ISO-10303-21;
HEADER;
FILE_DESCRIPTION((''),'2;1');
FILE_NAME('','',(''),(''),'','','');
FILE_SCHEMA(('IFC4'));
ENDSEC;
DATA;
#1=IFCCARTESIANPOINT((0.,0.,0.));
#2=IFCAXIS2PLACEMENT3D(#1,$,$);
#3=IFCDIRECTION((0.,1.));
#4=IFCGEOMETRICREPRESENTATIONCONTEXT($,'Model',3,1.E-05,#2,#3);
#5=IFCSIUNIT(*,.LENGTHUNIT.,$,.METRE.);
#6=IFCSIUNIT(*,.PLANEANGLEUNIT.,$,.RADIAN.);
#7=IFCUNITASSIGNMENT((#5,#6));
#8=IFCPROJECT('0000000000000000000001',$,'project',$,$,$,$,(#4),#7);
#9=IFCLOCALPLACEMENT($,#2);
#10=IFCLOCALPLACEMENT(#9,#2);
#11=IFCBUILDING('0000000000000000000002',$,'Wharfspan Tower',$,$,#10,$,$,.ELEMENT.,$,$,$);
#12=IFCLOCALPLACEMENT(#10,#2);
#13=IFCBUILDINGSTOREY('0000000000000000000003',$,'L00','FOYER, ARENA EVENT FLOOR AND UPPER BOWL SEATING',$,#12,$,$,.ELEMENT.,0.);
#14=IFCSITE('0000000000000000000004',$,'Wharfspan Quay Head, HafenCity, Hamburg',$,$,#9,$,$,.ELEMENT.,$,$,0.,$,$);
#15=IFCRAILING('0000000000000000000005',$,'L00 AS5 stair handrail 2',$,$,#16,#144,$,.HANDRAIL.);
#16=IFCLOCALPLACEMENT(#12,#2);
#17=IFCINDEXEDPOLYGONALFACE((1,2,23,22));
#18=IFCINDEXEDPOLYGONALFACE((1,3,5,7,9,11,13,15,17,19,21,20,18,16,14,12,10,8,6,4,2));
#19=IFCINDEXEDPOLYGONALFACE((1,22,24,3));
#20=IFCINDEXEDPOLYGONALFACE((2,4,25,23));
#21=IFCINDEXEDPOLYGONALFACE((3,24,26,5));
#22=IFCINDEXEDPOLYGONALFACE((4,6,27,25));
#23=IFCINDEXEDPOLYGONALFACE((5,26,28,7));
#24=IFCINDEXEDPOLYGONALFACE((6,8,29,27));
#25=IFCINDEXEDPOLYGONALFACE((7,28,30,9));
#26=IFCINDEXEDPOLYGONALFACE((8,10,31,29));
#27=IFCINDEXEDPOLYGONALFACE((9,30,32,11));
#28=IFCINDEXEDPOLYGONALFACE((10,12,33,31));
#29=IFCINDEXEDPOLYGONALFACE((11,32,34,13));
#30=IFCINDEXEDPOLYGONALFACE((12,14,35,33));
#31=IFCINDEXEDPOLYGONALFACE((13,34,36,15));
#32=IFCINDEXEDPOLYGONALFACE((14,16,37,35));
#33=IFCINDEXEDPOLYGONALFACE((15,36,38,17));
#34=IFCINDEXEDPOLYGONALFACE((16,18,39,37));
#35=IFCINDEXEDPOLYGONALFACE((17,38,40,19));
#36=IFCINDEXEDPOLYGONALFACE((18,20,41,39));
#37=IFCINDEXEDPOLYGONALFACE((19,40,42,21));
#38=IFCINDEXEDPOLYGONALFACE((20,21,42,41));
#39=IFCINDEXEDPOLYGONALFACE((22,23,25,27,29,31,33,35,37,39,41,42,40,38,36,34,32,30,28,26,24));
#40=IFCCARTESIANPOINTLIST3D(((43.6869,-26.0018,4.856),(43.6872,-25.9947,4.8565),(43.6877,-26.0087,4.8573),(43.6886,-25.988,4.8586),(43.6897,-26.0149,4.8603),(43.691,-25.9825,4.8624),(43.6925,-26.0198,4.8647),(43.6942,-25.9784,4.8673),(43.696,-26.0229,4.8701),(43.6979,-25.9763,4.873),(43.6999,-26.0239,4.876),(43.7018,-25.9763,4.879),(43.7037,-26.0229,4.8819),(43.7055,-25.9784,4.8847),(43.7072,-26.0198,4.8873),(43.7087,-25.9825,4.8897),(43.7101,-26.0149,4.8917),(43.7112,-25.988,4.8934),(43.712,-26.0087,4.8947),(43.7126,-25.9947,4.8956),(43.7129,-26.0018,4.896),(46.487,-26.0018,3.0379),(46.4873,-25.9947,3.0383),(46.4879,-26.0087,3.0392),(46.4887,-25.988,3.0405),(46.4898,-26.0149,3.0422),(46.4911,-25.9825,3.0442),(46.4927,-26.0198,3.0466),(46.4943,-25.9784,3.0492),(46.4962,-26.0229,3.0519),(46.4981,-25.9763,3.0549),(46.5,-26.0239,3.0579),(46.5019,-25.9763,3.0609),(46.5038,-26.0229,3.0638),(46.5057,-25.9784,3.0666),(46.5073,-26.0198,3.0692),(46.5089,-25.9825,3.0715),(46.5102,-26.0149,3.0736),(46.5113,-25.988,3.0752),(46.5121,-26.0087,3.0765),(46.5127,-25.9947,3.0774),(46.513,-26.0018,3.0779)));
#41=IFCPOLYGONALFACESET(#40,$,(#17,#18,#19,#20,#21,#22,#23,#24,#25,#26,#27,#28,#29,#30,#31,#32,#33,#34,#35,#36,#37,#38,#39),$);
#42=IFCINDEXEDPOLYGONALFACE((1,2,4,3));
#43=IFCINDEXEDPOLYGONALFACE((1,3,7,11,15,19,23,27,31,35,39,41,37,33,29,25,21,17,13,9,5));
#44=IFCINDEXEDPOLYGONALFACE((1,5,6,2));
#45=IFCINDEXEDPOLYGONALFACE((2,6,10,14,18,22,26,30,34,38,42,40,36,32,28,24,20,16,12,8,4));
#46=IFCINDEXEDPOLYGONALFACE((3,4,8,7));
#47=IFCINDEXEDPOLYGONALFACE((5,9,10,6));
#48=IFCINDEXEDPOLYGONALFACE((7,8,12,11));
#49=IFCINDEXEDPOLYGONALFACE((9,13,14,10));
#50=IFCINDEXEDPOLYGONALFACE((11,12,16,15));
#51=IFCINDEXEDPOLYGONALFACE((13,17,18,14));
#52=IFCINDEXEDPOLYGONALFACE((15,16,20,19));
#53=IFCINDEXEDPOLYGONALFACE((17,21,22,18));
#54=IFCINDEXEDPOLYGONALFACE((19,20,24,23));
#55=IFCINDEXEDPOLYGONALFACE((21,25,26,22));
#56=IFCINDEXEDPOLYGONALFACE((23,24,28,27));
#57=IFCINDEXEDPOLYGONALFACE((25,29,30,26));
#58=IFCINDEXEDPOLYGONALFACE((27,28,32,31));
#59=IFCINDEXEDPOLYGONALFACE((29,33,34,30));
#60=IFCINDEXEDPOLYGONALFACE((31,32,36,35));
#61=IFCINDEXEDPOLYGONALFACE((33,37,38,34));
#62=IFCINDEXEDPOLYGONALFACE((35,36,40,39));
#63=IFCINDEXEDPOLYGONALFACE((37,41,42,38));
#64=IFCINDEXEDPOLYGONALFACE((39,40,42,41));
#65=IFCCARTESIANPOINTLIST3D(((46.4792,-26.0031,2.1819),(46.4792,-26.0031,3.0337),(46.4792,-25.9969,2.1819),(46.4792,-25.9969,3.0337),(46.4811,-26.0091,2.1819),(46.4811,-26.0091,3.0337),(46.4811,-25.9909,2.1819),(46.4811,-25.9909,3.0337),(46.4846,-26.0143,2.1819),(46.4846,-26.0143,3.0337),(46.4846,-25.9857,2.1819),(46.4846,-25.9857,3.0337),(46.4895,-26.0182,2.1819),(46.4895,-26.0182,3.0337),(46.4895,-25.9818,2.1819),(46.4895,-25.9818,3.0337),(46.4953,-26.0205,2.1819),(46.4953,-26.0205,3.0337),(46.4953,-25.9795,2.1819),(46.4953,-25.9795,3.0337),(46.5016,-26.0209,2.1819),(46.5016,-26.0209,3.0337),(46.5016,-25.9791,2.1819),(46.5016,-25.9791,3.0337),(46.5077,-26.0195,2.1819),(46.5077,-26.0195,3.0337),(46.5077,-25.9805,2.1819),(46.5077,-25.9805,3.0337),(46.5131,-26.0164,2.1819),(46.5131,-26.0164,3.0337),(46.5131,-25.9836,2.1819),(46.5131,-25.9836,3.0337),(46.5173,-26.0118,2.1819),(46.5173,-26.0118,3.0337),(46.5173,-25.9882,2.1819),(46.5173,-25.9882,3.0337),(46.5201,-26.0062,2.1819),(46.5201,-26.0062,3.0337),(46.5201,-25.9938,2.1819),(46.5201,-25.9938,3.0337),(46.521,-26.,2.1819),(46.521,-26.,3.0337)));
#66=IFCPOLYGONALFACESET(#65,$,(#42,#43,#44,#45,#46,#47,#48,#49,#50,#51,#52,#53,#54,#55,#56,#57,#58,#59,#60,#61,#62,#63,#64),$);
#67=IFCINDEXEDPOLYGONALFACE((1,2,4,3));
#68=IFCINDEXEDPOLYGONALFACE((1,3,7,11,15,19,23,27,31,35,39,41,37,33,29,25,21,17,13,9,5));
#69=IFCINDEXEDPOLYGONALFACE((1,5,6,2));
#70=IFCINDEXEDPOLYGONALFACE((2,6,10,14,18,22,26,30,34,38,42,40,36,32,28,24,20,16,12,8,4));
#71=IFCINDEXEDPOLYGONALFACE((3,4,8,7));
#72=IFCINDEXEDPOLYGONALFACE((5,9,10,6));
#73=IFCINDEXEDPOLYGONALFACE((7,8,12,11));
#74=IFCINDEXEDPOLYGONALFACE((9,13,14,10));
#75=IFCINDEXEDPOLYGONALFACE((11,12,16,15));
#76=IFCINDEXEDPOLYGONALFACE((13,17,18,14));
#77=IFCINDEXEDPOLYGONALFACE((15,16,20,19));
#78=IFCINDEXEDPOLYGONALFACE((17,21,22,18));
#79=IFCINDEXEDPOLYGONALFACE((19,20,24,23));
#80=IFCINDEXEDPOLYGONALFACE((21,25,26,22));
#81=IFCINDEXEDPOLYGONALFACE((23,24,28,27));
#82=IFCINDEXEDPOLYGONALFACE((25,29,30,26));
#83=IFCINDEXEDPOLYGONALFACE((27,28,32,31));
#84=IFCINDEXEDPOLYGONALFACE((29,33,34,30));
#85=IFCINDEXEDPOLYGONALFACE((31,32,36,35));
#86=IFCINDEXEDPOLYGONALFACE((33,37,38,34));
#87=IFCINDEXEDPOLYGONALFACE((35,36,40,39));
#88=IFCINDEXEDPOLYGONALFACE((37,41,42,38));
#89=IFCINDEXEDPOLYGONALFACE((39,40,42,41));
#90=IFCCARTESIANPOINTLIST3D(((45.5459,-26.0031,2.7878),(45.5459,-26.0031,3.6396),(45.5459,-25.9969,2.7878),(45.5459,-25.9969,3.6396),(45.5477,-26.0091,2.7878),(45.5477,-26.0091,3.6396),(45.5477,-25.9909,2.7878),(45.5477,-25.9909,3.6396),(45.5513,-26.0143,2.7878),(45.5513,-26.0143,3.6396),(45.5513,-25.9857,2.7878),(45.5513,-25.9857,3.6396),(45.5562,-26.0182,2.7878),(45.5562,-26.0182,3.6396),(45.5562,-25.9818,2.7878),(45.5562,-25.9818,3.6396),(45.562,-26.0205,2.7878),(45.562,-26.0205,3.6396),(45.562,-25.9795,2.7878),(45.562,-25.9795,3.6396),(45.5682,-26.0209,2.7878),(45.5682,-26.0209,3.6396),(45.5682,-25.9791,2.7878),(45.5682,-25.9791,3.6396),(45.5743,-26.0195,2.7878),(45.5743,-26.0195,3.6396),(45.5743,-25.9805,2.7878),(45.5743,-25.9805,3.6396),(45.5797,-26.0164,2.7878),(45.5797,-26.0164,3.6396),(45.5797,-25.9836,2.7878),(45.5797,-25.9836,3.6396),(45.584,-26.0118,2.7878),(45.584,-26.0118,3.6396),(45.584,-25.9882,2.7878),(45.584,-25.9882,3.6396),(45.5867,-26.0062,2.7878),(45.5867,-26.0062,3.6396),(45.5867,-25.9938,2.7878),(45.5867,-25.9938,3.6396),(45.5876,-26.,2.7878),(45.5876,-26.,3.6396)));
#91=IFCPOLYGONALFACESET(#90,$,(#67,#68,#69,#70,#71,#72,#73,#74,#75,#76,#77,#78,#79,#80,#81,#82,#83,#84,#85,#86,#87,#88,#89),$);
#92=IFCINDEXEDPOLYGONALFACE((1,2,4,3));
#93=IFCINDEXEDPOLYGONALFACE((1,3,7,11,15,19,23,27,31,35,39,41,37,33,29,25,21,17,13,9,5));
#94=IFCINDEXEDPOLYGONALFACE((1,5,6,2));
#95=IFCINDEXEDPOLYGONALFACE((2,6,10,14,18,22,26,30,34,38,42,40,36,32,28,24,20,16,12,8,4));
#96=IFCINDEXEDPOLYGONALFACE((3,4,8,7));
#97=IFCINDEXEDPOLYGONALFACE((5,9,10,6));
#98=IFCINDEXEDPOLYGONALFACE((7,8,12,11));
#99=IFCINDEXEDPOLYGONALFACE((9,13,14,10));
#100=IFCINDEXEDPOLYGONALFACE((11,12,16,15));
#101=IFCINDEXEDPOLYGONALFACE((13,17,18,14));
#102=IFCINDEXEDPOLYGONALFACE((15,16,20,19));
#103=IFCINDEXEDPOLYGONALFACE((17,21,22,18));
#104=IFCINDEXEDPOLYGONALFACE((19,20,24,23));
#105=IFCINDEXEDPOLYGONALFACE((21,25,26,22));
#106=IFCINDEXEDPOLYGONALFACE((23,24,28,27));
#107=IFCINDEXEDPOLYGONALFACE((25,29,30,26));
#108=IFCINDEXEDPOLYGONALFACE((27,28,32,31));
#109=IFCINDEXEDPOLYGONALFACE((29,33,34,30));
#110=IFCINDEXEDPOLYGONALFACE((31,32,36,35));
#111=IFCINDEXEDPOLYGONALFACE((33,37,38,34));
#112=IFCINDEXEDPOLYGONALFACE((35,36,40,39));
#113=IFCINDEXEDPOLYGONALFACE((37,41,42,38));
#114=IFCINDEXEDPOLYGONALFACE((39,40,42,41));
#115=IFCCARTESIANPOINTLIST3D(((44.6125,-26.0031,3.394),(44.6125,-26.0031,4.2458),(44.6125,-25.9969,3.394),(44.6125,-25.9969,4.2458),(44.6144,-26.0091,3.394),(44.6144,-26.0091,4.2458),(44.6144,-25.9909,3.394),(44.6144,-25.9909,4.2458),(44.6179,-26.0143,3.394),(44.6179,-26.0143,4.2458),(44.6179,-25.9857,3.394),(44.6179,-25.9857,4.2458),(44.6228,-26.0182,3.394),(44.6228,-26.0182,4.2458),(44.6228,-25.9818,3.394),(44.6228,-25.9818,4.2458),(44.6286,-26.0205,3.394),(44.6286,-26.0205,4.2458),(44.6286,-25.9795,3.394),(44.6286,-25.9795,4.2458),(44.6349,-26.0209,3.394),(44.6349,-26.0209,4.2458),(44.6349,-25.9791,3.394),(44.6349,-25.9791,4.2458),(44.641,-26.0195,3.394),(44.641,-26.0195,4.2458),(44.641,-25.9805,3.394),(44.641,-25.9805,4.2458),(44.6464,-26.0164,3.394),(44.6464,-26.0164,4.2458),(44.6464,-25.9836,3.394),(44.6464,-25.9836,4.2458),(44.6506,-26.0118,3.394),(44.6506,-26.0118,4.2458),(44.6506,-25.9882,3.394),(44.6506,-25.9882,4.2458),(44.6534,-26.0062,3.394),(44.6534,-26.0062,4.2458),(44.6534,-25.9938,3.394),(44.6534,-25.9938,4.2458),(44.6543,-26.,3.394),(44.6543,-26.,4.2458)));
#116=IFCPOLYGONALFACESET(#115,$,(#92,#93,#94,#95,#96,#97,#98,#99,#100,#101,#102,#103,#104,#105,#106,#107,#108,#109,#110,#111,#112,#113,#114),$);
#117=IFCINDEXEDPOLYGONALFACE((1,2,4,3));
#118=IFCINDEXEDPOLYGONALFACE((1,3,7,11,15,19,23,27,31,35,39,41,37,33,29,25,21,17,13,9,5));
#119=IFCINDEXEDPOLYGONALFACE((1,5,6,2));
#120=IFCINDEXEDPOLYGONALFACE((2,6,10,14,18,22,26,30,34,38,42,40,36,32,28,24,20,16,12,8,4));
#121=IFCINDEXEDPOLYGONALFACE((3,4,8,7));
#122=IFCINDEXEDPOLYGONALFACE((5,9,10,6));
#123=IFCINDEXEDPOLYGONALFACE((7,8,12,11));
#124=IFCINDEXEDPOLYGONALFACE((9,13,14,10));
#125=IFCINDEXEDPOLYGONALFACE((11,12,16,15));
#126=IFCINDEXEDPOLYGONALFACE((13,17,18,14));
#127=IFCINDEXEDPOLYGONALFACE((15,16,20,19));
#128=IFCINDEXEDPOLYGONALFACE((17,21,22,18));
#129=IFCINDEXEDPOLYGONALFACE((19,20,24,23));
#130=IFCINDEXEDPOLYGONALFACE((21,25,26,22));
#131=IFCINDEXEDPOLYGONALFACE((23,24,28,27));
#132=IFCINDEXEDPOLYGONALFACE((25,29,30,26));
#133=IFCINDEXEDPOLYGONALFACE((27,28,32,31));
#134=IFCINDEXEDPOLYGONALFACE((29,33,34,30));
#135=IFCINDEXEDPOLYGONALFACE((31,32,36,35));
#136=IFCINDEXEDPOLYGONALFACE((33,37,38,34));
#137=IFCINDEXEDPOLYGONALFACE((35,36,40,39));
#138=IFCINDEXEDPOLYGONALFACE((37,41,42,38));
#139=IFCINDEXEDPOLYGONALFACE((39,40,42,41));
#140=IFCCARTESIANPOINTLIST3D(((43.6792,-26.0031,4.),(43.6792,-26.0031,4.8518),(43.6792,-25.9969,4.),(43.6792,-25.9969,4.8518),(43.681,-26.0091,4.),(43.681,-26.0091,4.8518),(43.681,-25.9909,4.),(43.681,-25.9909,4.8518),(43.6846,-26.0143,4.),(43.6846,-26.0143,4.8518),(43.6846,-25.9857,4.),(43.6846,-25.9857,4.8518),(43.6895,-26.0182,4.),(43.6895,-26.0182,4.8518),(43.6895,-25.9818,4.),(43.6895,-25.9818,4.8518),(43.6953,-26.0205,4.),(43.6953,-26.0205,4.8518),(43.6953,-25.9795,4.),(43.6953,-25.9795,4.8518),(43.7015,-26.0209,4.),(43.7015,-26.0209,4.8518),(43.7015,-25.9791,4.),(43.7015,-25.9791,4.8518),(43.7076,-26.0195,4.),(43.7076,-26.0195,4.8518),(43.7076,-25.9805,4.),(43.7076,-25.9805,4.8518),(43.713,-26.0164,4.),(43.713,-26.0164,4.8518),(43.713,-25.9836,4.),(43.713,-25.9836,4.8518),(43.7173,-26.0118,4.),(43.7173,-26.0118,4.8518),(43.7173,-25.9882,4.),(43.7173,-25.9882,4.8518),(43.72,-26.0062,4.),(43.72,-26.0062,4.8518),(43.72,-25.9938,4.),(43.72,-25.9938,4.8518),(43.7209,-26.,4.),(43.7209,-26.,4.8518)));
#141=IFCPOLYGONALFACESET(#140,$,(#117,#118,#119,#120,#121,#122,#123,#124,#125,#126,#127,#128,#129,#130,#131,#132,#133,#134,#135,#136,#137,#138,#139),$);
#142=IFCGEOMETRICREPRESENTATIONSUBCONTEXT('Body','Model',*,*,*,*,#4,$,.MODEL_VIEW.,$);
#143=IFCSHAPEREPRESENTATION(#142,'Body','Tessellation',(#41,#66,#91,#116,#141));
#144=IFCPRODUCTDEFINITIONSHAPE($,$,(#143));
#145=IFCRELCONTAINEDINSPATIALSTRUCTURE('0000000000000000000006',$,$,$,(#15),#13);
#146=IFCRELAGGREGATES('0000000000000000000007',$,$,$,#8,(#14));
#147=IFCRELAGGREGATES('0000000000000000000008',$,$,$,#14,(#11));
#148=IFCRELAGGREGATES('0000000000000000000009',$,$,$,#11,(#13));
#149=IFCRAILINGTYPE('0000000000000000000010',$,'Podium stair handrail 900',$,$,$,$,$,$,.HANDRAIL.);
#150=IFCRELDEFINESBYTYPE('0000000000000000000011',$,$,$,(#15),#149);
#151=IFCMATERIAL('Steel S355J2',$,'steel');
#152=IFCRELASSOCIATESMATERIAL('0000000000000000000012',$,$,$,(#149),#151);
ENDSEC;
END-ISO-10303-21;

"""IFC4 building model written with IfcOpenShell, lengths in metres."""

from ifc_helpers import new_model, si_unit, direction, frame, origin, origin_2d, place, context, subcontext, project, spatial, circle, extrude, material, type_object, element, save


model = new_model("IFC4")

# Units and contexts
model_context = context("Model", 3, precision=1e-05, world=origin(), true_north=direction((0.0, 1.0)))
body_context = subcontext(model_context, "Body", "Model", "MODEL_VIEW")
ifc_project = project(units=[si_unit("LENGTHUNIT", "METRE"), si_unit("PLANEANGLEUNIT", "RADIAN")], contexts=[model_context])

# Site, building, storey
site_placement = place(None, origin())
site = spatial("IfcSite", under=ifc_project, at=site_placement, Name="Wharfspan Quay Head, HafenCity, Hamburg", CompositionType="ELEMENT", RefElevation=0.0)
building_placement = place(site_placement, origin())
building = spatial("IfcBuilding", under=site, at=building_placement, Name="Wharfspan Tower", CompositionType="ELEMENT")
storey_placement = place(building_placement, origin())
storey = spatial("IfcBuildingStorey", under=building, at=storey_placement, Name="L00", Description="FOYER, ARENA EVENT FLOOR AND UPPER BOWL SEATING", CompositionType="ELEMENT", Elevation=0.0)

# Railing
ifc_material_1 = material(Name="Steel S355J2", Category="steel")
railing_type_1 = type_object("IfcRailingType", Name="Podium stair handrail 900", PredefinedType="HANDRAIL", material=ifc_material_1)
railing_1_placement = place(storey_placement, frame((46.5, -26.0, 2.1819)))
element("IfcRailing", 1, at=railing_1_placement, inside=storey, type_object=railing_type_1, Name="L00 AS5 stair handrail 2", PredefinedType="HANDRAIL", context=body_context, shape_type="SweptSolid", body=[
    extrude(circle(Radius=0.0239, at=origin_2d()), frame((0.0, 0.0, 0.876), z_axis=(-0.838706, 0.0, 0.544585), x_axis=(0.0, -1.0, 0.0)), (0.0, 0.0, 1.0), 3.3386),
    extrude(circle(Radius=0.021, at=origin_2d()), origin(), (0.0, 0.0, 1.0), 0.8518),
    extrude(circle(Radius=0.021, at=origin_2d()), frame((-0.9334, 0.0, 0.606)), (0.0, 0.0, 1.0), 0.8518),
    extrude(circle(Radius=0.021, at=origin_2d()), frame((-1.8667, 0.0, 1.2122)), (0.0, 0.0, 1.0), 0.8518),
    extrude(circle(Radius=0.021, at=origin_2d()), frame((-2.8, 0.0, 1.8181)), (0.0, 0.0, 1.0), 0.8518),
])

save(model, "model.ifc")
